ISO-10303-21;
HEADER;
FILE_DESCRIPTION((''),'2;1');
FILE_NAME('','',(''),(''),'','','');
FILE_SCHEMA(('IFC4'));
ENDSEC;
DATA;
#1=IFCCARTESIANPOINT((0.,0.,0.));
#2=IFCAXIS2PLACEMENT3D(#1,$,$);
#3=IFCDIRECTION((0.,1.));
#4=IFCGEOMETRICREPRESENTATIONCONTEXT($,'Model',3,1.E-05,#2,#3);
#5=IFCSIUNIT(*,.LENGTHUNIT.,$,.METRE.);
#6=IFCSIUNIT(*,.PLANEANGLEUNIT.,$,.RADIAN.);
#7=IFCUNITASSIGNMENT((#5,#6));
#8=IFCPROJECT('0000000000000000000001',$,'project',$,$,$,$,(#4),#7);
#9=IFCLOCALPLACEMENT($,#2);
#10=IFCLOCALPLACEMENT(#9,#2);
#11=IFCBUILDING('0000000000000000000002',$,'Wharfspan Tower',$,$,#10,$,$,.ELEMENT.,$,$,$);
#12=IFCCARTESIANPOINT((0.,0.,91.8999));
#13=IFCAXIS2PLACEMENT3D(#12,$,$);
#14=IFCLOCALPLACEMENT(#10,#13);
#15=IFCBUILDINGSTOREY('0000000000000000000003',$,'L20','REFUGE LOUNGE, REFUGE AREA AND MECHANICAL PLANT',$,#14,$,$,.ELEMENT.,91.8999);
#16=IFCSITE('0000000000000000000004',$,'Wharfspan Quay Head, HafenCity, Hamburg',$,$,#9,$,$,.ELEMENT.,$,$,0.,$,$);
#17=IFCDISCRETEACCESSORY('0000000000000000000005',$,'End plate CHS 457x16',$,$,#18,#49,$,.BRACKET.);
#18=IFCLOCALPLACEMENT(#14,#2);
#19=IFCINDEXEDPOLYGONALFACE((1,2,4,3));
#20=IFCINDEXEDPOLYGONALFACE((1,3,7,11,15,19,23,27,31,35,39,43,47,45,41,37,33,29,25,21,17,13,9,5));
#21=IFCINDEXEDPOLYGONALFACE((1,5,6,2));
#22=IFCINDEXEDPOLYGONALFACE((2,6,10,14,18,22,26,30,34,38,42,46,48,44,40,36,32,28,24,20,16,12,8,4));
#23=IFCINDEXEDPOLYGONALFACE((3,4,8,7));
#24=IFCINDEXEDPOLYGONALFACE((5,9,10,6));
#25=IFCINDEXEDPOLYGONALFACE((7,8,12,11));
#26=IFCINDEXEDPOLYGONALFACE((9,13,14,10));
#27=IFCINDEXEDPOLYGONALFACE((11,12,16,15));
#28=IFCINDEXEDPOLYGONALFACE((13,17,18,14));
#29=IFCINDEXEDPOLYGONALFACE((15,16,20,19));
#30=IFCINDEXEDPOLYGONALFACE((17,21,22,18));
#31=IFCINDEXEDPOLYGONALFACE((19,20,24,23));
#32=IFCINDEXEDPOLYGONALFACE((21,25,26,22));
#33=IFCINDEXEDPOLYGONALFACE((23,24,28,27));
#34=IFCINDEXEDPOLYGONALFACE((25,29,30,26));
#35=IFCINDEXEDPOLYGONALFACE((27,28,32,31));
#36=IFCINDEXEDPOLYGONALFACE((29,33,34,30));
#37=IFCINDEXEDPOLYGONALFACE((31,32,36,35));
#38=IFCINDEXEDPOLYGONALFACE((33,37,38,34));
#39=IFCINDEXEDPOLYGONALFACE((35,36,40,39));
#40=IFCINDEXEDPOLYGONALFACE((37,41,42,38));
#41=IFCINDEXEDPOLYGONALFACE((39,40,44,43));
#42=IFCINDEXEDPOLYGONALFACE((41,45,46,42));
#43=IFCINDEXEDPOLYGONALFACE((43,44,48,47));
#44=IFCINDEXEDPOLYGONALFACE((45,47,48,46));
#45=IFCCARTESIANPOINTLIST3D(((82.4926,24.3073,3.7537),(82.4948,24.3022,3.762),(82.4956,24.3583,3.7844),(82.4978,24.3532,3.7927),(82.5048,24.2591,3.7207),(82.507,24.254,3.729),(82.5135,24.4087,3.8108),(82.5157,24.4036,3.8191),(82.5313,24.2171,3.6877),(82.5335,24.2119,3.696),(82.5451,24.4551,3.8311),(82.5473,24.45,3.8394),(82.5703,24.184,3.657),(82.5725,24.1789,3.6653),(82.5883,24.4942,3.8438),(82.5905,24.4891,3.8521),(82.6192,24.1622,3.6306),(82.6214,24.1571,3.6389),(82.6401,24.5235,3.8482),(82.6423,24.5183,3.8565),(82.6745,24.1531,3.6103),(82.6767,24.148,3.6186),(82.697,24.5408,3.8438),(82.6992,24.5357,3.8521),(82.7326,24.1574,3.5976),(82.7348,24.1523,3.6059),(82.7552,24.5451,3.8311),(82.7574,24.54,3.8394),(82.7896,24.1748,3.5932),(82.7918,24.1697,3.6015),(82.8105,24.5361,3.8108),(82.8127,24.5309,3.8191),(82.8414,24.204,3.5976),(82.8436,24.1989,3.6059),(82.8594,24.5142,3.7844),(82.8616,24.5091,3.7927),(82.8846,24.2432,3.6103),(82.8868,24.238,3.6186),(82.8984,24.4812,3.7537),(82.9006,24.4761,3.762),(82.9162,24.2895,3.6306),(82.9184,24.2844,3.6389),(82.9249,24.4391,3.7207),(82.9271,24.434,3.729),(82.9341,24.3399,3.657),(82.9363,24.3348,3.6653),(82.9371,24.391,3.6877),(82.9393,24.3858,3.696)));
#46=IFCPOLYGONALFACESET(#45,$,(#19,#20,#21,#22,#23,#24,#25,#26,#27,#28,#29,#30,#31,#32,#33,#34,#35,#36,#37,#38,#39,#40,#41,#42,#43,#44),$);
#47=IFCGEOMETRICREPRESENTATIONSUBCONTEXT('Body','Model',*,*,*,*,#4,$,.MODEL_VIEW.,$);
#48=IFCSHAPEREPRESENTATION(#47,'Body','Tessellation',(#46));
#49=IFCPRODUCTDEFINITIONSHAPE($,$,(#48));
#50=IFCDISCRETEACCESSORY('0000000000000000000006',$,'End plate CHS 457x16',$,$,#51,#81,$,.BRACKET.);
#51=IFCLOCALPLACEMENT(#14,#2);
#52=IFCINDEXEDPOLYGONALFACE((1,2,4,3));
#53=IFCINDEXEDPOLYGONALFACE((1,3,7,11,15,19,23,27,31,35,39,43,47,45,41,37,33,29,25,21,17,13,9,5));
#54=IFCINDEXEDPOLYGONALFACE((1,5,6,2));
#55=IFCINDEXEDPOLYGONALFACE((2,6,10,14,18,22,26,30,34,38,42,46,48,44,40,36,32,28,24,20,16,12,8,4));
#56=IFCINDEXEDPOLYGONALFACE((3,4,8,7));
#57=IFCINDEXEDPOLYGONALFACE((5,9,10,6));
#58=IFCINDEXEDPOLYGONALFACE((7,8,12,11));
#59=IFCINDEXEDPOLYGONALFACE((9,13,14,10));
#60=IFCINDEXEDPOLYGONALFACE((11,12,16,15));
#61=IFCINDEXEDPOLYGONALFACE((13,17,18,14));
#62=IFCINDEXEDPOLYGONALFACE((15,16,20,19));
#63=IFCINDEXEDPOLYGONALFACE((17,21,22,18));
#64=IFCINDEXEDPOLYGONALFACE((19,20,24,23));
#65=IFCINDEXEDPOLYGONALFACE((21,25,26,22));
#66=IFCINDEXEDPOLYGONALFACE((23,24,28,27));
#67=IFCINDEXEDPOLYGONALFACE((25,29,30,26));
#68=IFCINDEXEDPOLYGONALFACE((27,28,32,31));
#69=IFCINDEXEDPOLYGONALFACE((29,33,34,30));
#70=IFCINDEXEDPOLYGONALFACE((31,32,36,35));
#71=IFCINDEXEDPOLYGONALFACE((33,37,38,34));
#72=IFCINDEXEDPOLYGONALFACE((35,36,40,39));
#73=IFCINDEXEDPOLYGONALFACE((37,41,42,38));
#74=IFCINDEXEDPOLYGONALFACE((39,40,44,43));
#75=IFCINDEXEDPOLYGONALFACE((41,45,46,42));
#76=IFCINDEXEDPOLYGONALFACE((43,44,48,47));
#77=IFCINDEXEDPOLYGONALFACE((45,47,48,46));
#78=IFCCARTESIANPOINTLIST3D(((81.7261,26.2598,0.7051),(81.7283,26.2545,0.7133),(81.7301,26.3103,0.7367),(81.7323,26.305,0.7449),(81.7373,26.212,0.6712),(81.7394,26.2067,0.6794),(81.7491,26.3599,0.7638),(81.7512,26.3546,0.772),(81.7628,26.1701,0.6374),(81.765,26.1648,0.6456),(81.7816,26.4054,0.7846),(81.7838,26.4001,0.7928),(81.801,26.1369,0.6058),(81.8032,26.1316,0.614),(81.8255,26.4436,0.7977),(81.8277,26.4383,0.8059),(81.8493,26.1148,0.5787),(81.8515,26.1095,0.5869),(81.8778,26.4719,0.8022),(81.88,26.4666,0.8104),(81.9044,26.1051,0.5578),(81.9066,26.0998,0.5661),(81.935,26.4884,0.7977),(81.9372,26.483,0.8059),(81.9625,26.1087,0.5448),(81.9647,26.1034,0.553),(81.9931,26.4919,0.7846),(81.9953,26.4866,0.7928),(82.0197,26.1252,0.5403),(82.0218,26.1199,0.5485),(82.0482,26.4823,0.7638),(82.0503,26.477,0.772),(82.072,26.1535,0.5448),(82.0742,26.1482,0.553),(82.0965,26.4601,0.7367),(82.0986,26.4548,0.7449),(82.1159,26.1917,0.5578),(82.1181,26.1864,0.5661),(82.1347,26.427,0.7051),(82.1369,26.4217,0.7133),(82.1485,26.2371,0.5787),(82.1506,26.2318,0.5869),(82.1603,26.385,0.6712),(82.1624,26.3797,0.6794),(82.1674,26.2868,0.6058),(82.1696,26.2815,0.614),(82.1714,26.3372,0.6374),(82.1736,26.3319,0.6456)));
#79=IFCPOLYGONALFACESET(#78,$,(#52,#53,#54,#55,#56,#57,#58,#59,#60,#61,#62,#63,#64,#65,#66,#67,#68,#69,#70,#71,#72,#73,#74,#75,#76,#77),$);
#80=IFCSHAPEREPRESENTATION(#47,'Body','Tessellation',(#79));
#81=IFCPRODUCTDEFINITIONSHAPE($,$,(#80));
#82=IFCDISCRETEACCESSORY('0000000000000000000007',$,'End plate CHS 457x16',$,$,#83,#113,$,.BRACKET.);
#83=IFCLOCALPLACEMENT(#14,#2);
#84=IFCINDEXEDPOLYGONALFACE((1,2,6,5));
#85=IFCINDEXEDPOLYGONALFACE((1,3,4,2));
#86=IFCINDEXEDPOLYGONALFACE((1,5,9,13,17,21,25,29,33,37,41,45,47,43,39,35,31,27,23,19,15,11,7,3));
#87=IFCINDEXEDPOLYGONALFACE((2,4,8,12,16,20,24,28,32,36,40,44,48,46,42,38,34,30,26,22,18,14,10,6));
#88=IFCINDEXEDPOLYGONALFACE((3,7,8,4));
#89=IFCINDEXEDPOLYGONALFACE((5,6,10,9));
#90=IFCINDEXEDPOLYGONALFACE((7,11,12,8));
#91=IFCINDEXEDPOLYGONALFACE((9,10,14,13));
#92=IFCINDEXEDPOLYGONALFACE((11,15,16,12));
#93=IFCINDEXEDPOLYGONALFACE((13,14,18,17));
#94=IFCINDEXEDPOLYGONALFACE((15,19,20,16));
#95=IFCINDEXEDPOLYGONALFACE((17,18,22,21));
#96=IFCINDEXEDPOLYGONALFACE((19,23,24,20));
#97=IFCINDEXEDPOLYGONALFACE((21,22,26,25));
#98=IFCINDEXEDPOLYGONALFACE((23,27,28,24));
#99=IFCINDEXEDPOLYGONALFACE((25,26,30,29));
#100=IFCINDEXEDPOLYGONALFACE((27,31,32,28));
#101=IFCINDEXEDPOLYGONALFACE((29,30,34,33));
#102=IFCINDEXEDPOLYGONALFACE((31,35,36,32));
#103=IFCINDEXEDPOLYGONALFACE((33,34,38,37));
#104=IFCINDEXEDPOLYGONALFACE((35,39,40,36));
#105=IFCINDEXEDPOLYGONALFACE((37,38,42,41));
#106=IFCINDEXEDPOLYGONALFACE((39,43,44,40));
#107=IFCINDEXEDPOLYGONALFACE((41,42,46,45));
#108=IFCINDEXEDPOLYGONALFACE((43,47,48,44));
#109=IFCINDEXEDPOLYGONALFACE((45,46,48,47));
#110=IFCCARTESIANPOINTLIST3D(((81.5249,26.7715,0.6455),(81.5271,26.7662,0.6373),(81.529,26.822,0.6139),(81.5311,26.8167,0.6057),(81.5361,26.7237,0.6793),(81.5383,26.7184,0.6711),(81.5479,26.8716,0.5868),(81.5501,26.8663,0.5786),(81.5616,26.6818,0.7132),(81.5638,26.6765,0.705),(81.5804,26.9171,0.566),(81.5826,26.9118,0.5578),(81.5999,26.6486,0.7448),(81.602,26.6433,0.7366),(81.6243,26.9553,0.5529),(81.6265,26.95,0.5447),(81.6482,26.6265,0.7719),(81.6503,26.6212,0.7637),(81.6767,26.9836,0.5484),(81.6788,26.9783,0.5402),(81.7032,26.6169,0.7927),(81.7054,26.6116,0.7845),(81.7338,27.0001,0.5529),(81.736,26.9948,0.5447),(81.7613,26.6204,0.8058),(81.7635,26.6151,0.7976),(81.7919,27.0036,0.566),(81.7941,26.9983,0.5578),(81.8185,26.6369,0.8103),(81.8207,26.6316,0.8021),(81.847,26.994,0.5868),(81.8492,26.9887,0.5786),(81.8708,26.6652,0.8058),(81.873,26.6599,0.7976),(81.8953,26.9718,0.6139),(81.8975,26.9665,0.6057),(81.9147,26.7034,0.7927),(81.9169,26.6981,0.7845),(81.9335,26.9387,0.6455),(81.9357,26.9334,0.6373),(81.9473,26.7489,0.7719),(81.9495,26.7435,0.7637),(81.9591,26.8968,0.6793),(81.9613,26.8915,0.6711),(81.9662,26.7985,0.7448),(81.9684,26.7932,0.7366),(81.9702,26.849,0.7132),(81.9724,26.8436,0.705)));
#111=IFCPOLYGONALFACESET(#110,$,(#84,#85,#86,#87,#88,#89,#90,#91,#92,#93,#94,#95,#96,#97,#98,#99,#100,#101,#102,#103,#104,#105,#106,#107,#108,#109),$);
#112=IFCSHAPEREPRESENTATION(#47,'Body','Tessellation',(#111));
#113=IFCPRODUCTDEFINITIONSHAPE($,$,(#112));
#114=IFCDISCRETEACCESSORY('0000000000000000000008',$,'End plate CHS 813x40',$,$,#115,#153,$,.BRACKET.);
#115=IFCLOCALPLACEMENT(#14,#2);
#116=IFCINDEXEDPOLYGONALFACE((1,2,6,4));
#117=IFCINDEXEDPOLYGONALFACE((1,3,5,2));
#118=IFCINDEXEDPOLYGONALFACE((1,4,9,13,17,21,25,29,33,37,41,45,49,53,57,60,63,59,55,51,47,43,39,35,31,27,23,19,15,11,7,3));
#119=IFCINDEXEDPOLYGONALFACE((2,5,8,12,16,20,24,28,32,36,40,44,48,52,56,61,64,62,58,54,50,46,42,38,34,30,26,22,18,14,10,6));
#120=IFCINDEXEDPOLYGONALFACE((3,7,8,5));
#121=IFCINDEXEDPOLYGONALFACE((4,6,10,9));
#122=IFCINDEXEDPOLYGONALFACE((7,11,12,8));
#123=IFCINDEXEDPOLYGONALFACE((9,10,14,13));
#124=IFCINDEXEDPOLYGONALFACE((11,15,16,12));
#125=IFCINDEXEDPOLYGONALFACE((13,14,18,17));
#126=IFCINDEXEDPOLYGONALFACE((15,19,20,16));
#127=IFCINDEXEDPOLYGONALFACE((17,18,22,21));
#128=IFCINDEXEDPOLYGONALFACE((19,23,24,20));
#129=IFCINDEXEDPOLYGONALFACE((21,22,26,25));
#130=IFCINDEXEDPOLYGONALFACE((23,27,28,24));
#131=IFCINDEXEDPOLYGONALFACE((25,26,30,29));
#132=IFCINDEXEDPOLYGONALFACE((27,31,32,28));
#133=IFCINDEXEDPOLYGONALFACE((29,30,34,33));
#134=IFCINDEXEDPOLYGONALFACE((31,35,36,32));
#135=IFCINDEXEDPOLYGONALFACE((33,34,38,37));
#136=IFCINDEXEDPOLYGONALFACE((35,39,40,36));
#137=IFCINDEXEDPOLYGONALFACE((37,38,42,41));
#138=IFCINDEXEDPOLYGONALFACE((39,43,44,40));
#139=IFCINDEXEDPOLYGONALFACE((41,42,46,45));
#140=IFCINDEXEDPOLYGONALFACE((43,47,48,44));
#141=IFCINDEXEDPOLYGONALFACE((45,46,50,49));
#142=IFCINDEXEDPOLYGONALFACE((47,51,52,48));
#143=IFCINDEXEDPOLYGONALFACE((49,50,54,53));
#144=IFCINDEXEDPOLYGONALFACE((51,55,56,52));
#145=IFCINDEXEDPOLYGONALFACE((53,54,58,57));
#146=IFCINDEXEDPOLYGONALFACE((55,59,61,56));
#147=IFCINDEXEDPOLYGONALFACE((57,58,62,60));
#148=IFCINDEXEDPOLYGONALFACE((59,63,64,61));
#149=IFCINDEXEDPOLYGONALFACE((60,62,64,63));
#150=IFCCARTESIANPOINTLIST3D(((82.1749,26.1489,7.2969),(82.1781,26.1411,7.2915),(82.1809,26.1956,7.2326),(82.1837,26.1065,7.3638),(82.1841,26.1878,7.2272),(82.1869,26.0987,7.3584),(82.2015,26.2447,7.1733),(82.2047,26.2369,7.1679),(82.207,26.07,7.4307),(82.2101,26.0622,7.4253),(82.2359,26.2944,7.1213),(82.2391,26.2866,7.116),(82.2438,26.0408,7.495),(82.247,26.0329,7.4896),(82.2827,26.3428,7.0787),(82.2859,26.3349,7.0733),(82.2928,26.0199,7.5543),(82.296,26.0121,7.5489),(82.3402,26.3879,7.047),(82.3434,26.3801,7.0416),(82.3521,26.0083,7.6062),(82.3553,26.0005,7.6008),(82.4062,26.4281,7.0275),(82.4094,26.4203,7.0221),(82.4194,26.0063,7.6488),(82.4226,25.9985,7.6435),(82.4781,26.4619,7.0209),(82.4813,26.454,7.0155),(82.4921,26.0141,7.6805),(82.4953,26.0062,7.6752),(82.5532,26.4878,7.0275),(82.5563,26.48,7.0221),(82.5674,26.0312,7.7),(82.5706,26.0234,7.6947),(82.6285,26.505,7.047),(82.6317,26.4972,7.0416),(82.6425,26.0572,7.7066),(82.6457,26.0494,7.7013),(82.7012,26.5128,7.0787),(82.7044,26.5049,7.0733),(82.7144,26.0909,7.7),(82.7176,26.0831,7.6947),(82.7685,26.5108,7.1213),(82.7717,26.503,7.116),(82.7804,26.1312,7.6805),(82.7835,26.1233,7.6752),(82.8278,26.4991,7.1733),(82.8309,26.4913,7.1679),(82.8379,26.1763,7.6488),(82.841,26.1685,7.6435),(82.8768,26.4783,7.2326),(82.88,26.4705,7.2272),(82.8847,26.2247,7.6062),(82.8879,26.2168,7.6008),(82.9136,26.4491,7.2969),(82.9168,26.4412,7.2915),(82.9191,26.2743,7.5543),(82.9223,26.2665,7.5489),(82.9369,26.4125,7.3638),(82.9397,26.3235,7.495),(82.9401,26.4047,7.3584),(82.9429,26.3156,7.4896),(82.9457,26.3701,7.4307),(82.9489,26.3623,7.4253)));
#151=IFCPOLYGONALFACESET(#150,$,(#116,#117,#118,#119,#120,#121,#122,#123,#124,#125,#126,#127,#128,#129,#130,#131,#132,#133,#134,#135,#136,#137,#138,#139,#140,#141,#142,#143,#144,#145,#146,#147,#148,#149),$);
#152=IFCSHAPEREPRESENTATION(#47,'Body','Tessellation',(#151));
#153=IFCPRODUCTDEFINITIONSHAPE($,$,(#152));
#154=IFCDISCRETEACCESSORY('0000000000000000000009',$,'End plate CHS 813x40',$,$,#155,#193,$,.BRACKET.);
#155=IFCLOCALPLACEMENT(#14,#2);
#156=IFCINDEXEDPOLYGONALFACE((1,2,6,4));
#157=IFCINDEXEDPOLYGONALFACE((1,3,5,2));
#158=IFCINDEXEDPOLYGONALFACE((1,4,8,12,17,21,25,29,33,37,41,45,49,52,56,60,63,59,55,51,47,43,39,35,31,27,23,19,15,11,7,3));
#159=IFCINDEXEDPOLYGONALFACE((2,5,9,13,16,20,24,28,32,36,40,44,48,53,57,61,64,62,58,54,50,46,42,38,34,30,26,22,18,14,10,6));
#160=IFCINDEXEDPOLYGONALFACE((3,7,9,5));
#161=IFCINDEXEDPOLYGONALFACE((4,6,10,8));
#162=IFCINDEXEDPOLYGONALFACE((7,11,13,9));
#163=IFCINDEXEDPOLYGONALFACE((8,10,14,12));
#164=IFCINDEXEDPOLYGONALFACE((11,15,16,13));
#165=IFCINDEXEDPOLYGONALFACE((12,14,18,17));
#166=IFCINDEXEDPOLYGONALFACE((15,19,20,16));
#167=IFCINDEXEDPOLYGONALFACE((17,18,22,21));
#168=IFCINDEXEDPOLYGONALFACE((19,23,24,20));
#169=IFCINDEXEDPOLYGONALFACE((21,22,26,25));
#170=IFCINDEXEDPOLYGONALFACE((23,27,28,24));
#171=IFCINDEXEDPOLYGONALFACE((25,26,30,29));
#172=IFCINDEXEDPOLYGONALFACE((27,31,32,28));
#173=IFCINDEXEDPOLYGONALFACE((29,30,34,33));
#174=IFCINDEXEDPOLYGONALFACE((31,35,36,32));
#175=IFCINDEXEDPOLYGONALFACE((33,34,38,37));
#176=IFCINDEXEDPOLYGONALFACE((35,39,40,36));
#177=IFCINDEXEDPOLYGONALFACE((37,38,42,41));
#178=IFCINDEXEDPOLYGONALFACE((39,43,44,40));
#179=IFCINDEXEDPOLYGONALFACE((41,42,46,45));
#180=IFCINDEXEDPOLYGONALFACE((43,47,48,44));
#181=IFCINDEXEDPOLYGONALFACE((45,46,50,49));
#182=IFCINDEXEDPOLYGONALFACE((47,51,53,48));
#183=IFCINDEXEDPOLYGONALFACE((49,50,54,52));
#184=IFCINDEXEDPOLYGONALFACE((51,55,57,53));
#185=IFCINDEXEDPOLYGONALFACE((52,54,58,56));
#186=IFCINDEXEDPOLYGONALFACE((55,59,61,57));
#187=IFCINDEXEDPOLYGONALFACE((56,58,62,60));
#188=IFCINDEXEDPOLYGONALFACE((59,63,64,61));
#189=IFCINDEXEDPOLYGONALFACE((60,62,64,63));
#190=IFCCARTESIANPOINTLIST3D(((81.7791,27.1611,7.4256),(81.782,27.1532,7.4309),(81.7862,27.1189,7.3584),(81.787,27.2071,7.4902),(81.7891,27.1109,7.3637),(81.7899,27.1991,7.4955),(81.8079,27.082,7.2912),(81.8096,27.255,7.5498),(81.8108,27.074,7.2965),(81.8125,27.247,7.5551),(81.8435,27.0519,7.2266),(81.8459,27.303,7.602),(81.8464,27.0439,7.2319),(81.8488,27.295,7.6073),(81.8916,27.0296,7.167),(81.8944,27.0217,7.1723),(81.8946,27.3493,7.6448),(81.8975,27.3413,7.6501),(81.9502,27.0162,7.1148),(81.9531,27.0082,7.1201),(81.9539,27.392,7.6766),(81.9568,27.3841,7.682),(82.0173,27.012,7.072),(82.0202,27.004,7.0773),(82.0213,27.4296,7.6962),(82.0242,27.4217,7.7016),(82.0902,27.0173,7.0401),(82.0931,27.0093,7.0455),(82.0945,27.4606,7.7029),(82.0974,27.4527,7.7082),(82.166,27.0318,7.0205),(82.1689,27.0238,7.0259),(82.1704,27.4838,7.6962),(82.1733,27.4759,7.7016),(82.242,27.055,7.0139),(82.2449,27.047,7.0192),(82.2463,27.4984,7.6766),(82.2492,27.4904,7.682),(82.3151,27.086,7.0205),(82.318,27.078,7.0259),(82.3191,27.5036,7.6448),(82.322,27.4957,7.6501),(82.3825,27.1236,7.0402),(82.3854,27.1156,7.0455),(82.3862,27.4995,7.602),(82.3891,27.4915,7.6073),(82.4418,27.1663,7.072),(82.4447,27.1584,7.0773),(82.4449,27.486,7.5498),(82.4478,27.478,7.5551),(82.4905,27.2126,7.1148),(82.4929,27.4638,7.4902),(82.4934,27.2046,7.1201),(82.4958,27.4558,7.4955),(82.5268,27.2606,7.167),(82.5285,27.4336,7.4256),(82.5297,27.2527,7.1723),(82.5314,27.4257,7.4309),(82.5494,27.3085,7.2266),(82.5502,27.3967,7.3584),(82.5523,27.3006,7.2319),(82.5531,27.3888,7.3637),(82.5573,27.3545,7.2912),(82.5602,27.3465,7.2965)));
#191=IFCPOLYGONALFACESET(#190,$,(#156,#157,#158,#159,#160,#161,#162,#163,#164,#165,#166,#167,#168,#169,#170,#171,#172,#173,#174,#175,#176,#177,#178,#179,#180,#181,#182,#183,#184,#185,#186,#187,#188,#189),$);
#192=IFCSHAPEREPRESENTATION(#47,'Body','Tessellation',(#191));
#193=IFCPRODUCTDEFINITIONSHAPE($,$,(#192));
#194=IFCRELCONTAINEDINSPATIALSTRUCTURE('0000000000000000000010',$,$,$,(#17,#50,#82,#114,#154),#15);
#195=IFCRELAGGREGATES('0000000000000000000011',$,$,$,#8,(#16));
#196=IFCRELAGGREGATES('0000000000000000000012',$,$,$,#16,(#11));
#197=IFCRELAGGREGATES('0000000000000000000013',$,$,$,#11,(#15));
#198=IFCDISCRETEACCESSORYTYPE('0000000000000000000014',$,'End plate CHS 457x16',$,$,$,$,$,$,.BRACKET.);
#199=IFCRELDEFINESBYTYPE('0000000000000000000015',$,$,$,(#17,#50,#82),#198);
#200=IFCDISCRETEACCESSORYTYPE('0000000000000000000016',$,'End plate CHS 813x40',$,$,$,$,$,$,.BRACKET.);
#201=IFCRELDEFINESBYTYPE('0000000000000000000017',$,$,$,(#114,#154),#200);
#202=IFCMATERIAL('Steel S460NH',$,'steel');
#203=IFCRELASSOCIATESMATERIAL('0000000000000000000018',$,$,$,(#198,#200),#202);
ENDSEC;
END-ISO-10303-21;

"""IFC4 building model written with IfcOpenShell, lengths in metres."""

from ifc_helpers import new_model, si_unit, direction, frame, origin, origin_2d, place, context, subcontext, project, spatial, circle, extrude, material, material_profile, profile_set, type_object, element, save


model = new_model("IFC4")

# Units and contexts
model_context = context("Model", 3, precision=1e-05, world=origin(), true_north=direction((0.0, 1.0)))
body_context = subcontext(model_context, "Body", "Model", "MODEL_VIEW")
ifc_project = project(units=[si_unit("LENGTHUNIT", "METRE"), si_unit("PLANEANGLEUNIT", "RADIAN")], contexts=[model_context])

# Site, building, storey
site_placement = place(None, origin())
site = spatial("IfcSite", under=ifc_project, at=site_placement, Name="Wharfspan Quay Head, HafenCity, Hamburg", CompositionType="ELEMENT", RefElevation=0.0)
building_placement = place(site_placement, origin())
building = spatial("IfcBuilding", under=site, at=building_placement, Name="Wharfspan Tower", CompositionType="ELEMENT")
storey_placement = place(building_placement, frame((0.0, 0.0, 91.8999)))
storey = spatial("IfcBuildingStorey", under=building, at=storey_placement, Name="L20", Description="REFUGE LOUNGE, REFUGE AREA AND MECHANICAL PLANT", CompositionType="ELEMENT", Elevation=91.8999)

# Shared definitions
ifc_material_1 = material(Name="Steel S460NH", Category="steel")

# Discrete accessories
ifc_material_profile_1 = material_profile(ifc_material_1, circle(Radius=0.2285, at=origin_2d()))
ifc_profile_set_1 = profile_set([ifc_material_profile_1], Name="Steel S460NH")
discrete_accessory_type_1 = type_object("IfcDiscreteAccessoryType", Name="End plate CHS 457x16", PredefinedType="BRACKET", material=ifc_profile_set_1)
for number, where, z_axis, x_axis, name in (
    (1, (82.717, 24.344, 3.729), (-0.219708, 0.512653, -0.830009), (-0.919147, -0.393921, -0.000001), "End plate CHS 457x16"),
    (2, (81.9509, 26.2932, 0.6794), (-0.216946, 0.530313, -0.819575), (-0.925547, -0.378634, -0.000001), "End plate CHS 457x16"),
    (3, (81.7498, 26.8049, 0.6711), (-0.216946, 0.530313, 0.819575), (-0.925547, -0.378634, 0.000001), "End plate CHS 457x16"),
):
    element("IfcDiscreteAccessory", number, at=place(storey_placement, frame(where, z_axis=z_axis, x_axis=x_axis)), inside=storey, type_object=discrete_accessory_type_1, Name=name, PredefinedType="BRACKET", context=body_context, shape_type="SweptSolid", body=[
        extrude(circle(Radius=0.2285, at=origin_2d()), origin(), (0.0, 0.0, 1.0), 0.01),
    ])
ifc_material_profile_2 = material_profile(ifc_material_1, circle(Radius=0.4065, at=origin_2d()))
ifc_profile_set_2 = profile_set([ifc_material_profile_2], Name="Steel S460NH")
discrete_accessory_type_2 = type_object("IfcDiscreteAccessoryType", Name="End plate CHS 813x40", PredefinedType="BRACKET", material=ifc_profile_set_2)
for number, where, z_axis, x_axis, name in (
    (4, (82.5635, 26.2517, 7.3584), (-0.317451, 0.781418, 0.537225), (-0.92647, -0.376377, -0.000002), "End plate CHS 813x40"),
    (5, (82.1682, 27.2578, 7.3584), (0.289598, -0.796395, 0.53093), (0.939792, 0.341743, 0.000001), "End plate CHS 813x40"),
):
    element("IfcDiscreteAccessory", number, at=place(storey_placement, frame(where, z_axis=z_axis, x_axis=x_axis)), inside=storey, type_object=discrete_accessory_type_2, Name=name, PredefinedType="BRACKET", context=body_context, shape_type="SweptSolid", body=[
        extrude(circle(Radius=0.4065, at=origin_2d()), origin(), (0.0, 0.0, 1.0), 0.01),
    ])

save(model, "model.ifc")
